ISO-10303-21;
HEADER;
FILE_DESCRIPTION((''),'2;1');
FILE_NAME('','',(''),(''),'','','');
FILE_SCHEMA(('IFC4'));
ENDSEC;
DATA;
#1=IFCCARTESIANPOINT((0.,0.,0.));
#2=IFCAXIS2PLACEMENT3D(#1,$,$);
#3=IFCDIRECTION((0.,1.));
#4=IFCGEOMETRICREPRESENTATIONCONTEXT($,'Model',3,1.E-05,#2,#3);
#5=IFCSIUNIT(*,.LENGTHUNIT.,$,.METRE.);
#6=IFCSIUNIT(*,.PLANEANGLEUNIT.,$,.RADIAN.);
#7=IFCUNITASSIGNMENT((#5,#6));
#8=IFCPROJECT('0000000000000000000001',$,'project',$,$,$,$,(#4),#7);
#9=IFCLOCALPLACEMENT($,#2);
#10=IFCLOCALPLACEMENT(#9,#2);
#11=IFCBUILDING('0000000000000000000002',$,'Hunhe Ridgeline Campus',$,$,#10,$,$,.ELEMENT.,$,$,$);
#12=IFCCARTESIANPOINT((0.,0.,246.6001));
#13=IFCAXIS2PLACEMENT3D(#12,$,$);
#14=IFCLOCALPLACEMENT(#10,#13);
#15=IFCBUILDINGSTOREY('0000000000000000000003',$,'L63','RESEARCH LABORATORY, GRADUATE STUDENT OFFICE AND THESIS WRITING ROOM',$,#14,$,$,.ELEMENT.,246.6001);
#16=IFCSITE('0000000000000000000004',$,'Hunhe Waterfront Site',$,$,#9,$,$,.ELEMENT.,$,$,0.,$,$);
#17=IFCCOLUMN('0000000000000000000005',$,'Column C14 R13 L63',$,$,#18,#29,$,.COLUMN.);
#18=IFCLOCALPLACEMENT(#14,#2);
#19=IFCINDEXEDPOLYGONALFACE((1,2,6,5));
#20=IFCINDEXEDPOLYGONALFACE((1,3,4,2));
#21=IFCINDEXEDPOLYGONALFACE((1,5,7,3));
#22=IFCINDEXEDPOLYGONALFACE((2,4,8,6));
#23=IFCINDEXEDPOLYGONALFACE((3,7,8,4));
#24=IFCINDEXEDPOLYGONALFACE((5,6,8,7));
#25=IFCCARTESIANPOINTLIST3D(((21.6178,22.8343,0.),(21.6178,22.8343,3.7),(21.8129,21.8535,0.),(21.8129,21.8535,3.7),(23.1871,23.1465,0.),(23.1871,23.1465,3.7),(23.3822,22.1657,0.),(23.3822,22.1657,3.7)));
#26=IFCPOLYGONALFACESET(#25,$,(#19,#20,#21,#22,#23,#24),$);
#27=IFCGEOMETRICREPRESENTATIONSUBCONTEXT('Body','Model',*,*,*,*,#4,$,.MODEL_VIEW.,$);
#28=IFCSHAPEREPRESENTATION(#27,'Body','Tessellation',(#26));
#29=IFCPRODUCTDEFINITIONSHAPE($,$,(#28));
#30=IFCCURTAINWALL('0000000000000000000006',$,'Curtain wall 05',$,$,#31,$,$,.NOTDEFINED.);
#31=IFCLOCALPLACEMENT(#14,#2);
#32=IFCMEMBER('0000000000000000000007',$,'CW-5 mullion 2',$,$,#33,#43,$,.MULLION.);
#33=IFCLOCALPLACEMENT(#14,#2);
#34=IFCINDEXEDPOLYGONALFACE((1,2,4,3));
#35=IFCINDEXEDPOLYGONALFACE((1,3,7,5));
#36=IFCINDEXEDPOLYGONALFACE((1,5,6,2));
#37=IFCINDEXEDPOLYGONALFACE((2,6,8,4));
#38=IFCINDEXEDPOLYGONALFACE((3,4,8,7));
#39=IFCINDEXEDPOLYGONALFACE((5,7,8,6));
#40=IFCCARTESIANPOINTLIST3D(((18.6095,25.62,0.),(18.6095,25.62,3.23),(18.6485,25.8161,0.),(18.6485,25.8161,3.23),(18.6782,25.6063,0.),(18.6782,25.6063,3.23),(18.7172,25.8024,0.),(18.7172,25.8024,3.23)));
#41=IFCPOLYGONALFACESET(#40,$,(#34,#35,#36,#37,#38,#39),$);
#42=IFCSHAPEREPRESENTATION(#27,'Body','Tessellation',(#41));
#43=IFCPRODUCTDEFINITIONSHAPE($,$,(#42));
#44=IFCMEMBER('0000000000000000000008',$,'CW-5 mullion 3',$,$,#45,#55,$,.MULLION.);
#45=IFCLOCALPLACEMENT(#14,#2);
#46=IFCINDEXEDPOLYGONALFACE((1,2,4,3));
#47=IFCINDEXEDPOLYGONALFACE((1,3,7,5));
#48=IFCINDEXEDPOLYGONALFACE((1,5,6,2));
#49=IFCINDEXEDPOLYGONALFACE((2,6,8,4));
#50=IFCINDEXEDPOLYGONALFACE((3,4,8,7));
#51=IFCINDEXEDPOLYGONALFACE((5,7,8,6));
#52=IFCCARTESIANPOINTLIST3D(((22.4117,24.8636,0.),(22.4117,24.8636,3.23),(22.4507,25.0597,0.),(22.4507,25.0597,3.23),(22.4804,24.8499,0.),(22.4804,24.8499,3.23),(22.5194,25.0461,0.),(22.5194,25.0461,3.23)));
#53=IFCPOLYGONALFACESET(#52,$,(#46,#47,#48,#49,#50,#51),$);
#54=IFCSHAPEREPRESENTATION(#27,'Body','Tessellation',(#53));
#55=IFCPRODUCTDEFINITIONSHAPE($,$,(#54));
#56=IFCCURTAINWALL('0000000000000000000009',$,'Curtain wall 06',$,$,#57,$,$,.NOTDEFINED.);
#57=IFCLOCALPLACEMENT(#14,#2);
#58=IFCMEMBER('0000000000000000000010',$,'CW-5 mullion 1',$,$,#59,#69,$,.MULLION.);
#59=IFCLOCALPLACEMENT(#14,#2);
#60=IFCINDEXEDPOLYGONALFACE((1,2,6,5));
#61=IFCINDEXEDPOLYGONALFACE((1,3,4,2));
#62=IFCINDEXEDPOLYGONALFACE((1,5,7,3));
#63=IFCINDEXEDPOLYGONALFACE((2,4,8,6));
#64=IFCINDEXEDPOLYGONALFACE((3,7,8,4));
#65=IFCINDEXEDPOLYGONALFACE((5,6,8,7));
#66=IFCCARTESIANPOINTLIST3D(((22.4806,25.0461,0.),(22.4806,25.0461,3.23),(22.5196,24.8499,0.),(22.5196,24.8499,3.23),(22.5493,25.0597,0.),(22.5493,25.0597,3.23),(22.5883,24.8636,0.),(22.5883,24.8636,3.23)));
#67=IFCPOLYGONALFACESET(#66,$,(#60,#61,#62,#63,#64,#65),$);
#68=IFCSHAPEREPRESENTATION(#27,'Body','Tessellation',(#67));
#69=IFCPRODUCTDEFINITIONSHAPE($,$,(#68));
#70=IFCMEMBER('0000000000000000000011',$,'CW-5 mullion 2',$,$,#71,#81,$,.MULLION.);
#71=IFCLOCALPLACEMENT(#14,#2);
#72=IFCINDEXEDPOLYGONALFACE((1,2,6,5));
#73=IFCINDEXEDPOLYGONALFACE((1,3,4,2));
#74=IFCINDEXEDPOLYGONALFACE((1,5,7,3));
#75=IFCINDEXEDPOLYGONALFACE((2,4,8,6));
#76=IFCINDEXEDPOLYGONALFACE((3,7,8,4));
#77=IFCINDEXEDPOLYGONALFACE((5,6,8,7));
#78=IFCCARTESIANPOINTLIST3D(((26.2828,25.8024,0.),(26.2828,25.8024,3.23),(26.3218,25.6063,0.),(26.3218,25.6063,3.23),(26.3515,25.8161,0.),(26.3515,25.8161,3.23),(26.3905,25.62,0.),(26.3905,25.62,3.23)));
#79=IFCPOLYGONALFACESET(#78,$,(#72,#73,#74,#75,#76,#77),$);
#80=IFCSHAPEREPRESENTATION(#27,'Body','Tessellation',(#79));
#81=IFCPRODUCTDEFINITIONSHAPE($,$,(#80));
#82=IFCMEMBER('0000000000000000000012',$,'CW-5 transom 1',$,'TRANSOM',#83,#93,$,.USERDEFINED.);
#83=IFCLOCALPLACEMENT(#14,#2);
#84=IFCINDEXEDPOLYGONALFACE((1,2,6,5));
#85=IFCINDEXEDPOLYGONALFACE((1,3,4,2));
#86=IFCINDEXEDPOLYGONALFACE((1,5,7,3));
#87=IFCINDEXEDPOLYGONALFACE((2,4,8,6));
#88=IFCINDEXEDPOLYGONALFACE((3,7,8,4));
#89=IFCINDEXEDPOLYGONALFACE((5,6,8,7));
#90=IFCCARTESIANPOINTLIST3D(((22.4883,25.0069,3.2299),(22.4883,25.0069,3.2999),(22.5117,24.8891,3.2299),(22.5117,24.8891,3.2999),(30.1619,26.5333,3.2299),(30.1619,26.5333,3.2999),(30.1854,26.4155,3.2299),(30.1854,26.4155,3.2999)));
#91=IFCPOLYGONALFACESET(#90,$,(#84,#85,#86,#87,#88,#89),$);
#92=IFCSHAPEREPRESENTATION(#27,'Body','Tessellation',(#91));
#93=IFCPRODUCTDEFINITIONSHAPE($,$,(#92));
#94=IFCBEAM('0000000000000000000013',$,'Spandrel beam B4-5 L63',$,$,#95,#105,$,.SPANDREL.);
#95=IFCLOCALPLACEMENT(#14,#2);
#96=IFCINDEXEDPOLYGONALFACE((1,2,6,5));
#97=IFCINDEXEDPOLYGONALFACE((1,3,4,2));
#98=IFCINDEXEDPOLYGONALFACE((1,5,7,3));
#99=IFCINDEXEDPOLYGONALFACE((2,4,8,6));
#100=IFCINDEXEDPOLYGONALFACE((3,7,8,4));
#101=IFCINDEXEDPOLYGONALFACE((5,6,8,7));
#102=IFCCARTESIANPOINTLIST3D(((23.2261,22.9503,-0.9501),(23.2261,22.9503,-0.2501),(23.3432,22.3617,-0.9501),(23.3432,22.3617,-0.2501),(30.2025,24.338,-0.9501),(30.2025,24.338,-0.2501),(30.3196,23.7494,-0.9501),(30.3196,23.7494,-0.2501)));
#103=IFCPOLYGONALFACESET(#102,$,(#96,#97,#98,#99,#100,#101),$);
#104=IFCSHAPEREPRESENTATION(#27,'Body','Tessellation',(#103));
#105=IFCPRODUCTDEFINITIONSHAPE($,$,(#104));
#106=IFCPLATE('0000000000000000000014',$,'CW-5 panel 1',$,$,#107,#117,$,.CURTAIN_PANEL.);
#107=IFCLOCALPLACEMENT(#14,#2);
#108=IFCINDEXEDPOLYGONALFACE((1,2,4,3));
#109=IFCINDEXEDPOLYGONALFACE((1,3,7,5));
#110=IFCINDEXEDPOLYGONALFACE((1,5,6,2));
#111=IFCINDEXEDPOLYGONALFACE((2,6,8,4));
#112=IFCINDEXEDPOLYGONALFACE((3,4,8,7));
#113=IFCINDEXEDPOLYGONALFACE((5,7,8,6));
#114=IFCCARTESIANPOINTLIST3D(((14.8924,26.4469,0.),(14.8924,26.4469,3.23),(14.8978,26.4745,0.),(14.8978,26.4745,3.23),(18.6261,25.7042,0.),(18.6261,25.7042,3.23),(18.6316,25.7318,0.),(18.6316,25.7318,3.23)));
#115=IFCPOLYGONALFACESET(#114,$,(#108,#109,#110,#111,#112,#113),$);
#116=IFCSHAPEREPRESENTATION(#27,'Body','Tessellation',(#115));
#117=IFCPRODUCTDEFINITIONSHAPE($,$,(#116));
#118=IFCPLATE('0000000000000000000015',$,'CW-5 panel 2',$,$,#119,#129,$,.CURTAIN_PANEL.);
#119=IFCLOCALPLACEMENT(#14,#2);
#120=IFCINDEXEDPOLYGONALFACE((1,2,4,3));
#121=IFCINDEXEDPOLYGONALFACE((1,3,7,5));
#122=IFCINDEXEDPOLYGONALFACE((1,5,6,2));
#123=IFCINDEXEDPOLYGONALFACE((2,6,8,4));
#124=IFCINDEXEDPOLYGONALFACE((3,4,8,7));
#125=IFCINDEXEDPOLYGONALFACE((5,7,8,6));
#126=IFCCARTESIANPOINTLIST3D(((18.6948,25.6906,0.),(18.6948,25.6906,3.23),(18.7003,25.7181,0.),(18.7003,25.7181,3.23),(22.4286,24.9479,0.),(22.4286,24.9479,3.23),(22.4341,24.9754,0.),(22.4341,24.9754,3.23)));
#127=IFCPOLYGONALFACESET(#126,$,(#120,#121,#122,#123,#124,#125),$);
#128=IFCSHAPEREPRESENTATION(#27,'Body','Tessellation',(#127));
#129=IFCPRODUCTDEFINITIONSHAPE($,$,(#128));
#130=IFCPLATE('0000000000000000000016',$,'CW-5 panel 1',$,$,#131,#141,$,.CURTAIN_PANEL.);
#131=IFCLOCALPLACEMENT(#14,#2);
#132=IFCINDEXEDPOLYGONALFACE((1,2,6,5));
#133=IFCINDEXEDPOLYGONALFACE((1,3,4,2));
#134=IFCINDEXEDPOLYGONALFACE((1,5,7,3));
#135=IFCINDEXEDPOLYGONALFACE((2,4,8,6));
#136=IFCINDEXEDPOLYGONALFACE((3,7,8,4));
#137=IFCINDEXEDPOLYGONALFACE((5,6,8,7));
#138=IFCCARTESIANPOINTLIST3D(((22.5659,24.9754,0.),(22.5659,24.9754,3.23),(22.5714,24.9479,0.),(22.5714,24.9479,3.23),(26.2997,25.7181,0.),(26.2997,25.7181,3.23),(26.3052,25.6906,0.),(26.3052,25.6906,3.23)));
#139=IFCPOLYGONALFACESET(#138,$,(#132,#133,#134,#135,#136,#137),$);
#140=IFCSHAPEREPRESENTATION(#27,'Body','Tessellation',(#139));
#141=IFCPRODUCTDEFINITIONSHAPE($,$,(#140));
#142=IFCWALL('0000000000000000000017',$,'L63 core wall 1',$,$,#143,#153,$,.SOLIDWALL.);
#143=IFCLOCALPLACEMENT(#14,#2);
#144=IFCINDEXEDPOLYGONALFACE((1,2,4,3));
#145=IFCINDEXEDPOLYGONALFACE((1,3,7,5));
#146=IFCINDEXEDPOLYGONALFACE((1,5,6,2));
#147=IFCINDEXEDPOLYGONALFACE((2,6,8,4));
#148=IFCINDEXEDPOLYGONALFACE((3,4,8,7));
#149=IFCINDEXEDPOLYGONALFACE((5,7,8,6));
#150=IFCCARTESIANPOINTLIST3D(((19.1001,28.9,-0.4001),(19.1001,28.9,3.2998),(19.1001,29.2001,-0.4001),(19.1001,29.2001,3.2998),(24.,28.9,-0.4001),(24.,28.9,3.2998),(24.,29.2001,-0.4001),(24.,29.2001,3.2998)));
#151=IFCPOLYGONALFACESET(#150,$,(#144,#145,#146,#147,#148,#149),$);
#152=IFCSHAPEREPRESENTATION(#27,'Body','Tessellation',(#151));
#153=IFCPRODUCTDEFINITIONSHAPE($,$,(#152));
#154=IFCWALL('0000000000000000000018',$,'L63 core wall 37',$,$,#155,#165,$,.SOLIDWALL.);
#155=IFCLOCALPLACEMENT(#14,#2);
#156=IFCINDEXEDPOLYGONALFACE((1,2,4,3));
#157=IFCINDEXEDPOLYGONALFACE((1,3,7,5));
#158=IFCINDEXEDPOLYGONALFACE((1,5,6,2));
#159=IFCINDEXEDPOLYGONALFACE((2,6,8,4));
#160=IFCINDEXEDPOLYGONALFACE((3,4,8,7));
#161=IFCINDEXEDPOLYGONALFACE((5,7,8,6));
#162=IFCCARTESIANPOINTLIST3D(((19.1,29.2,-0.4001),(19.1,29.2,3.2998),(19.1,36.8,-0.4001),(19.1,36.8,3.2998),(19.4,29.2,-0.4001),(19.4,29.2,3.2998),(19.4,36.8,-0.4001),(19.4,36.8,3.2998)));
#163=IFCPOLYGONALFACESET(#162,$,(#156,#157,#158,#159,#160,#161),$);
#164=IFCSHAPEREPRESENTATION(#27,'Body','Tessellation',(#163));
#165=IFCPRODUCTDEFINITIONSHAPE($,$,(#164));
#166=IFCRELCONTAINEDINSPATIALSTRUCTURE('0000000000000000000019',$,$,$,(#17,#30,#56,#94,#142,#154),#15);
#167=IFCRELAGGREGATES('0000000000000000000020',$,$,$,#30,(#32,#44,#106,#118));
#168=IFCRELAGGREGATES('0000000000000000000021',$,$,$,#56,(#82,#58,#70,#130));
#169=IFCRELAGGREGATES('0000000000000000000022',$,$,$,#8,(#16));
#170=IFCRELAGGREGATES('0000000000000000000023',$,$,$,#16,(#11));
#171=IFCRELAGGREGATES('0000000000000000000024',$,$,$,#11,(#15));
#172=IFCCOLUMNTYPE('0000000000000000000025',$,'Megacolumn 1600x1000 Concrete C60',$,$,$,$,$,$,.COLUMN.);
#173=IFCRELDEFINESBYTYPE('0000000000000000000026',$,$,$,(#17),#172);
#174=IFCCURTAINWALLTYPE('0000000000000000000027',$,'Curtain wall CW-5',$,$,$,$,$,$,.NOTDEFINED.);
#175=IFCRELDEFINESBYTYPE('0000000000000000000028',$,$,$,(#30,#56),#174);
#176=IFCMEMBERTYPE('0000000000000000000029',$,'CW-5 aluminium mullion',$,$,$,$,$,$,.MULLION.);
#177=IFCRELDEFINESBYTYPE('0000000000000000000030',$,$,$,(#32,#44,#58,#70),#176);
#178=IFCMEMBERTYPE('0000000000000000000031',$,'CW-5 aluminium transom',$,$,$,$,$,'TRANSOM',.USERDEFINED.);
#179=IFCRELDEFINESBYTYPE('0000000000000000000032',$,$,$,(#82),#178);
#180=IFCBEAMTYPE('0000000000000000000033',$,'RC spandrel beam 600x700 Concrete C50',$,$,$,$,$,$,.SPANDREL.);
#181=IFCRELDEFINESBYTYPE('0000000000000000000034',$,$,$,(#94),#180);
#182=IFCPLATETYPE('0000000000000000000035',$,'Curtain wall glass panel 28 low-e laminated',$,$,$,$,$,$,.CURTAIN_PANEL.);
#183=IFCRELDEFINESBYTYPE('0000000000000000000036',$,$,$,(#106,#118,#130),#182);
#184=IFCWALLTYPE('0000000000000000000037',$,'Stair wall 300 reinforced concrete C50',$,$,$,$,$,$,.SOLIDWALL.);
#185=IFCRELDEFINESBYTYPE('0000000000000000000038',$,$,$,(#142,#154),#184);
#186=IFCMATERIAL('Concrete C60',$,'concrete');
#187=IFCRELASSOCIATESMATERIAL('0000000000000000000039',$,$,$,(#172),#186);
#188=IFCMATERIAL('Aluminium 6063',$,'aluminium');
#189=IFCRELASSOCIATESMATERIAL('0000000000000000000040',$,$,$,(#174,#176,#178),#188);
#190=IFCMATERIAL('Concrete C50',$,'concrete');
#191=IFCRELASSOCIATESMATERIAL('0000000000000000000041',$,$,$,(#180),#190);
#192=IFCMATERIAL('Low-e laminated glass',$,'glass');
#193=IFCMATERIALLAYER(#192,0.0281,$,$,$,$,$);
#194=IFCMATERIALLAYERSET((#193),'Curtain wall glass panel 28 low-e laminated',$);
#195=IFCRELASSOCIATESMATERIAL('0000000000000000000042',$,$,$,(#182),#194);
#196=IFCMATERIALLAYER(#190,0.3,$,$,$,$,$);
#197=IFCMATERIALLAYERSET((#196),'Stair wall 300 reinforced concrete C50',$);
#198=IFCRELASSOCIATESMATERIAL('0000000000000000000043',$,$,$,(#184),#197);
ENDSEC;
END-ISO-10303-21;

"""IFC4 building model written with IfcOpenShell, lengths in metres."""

from ifc_helpers import new_model, si_unit, direction, frame, frame_2d, origin, origin_2d, place, context, subcontext, project, spatial, rectangle, extrude, material, layer, layer_set, material_profile, profile_set, type_object, element, aggregate, save


model = new_model("IFC4")

# Units and contexts
model_context = context("Model", 3, precision=1e-05, world=origin(), true_north=direction((0.0, 1.0)))
body_context = subcontext(model_context, "Body", "Model", "MODEL_VIEW")
ifc_project = project(units=[si_unit("LENGTHUNIT", "METRE"), si_unit("PLANEANGLEUNIT", "RADIAN")], contexts=[model_context])

# Site, building, storey
site_placement = place(None, origin())
site = spatial("IfcSite", under=ifc_project, at=site_placement, Name="Hunhe Waterfront Site", CompositionType="ELEMENT", RefElevation=0.0)
building_placement = place(site_placement, origin())
building = spatial("IfcBuilding", under=site, at=building_placement, Name="Hunhe Ridgeline Campus", CompositionType="ELEMENT")
storey_placement = place(building_placement, frame((0.0, 0.0, 246.6001)))
storey = spatial("IfcBuildingStorey", under=building, at=storey_placement, Name="L63", Description="RESEARCH LABORATORY, GRADUATE STUDENT OFFICE AND THESIS WRITING ROOM", CompositionType="ELEMENT", Elevation=246.6001)

# Column
ifc_material_1 = material(Name="Concrete C60", Category="concrete")
ifc_material_profile_1 = material_profile(ifc_material_1, rectangle(XDim=1.6001, YDim=1.0, at=origin_2d()))
ifc_profile_set_1 = profile_set([ifc_material_profile_1], Name="Concrete C60")
column_type = type_object("IfcColumnType", Name="Megacolumn 1600x1000 Concrete C60", PredefinedType="COLUMN", material=ifc_profile_set_1)
column_placement = place(storey_placement, frame((22.5, 22.5, 0.0), z_axis=(0.0, 0.0, 1.0), x_axis=(0.980785, 0.19509, 0.0)))
element("IfcColumn", 1, at=column_placement, inside=storey, type_object=column_type, Name="Column C14 R13 L63", PredefinedType="COLUMN", context=body_context, shape_type="SweptSolid", body=[
    extrude(rectangle(XDim=1.6001, YDim=1.0, at=origin_2d()), origin(), (0.0, 0.0, 1.0), 3.7),
])

# Curtain walls, members
ifc_material_2 = material(Name="Aluminium 6063", Category="aluminium")
curtain_wall_type = type_object("IfcCurtainWallType", Name="Curtain wall CW-5", PredefinedType="NOTDEFINED", material=ifc_material_2)
curtain_wall_1_placement = place(storey_placement, origin())
curtain_wall_1 = element("IfcCurtainWall", 2, at=curtain_wall_1_placement, inside=storey, type_object=curtain_wall_type, Name="Curtain wall 05", PredefinedType="NOTDEFINED")
ifc_material_profile_2 = material_profile(ifc_material_2, rectangle(XDim=0.2, YDim=0.0701, at=origin_2d()))
ifc_profile_set_2 = profile_set([ifc_material_profile_2], Name="Aluminium 6063")
member_type_1 = type_object("IfcMemberType", Name="CW-5 aluminium mullion", PredefinedType="MULLION", material=ifc_profile_set_2)
member_1_placement = place(storey_placement, frame((18.6633, 25.7112, 0.0), z_axis=(0.0, 0.0, 1.0), x_axis=(0.19509, 0.980785, 0.0)))
member_1 = element("IfcMember", 3, at=member_1_placement, type_object=member_type_1, Name="CW-5 mullion 2", PredefinedType="MULLION", context=body_context, shape_type="SweptSolid", body=[
    extrude(rectangle(XDim=0.2, YDim=0.0701, at=origin_2d()), origin(), (0.0, 0.0, 1.0), 3.23),
])
member_2_placement = place(storey_placement, frame((22.4656, 24.9548, 0.0), z_axis=(0.0, 0.0, 1.0), x_axis=(0.19509, 0.980785, 0.0)))
member_2 = element("IfcMember", 4, at=member_2_placement, type_object=member_type_1, Name="CW-5 mullion 3", PredefinedType="MULLION", context=body_context, shape_type="SweptSolid", body=[
    extrude(rectangle(XDim=0.2, YDim=0.0701, at=origin_2d()), origin(), (0.0, 0.0, 1.0), 3.23),
])
curtain_wall_2_placement = place(storey_placement, origin())
curtain_wall_2 = element("IfcCurtainWall", 5, at=curtain_wall_2_placement, inside=storey, type_object=curtain_wall_type, Name="Curtain wall 06", PredefinedType="NOTDEFINED")
member_3_placement = place(storey_placement, frame((22.5344, 24.9548, 0.0), z_axis=(0.0, 0.0, 1.0), x_axis=(-0.19509, 0.980785, 0.0)))
member_3 = element("IfcMember", 6, at=member_3_placement, type_object=member_type_1, Name="CW-5 mullion 1", PredefinedType="MULLION", context=body_context, shape_type="SweptSolid", body=[
    extrude(rectangle(XDim=0.2, YDim=0.0701, at=origin_2d()), origin(), (0.0, 0.0, 1.0), 3.23),
])
member_4_placement = place(storey_placement, frame((26.3367, 25.7112, 0.0), z_axis=(0.0, 0.0, 1.0), x_axis=(-0.19509, 0.980785, 0.0)))
member_4 = element("IfcMember", 7, at=member_4_placement, type_object=member_type_1, Name="CW-5 mullion 2", PredefinedType="MULLION", context=body_context, shape_type="SweptSolid", body=[
    extrude(rectangle(XDim=0.2, YDim=0.0701, at=origin_2d()), origin(), (0.0, 0.0, 1.0), 3.23),
])
ifc_material_profile_3 = material_profile(ifc_material_2, rectangle(XDim=0.1201, YDim=0.0701, at=origin_2d()))
ifc_profile_set_3 = profile_set([ifc_material_profile_3], Name="Aluminium 6063")
member_type_2 = type_object("IfcMemberType", Name="CW-5 aluminium transom", ElementType="TRANSOM", PredefinedType="USERDEFINED", material=ifc_profile_set_3)
member_5_placement = place(storey_placement, frame((22.5, 24.948, 3.2649), z_axis=(0.980785, 0.19509, 0.0), x_axis=(-0.19509, 0.980785, 0.0)))
member_5 = element("IfcMember", 8, at=member_5_placement, type_object=member_type_2, Name="CW-5 transom 1", ObjectType="TRANSOM", PredefinedType="USERDEFINED", context=body_context, shape_type="SweptSolid", body=[
    extrude(rectangle(XDim=0.1201, YDim=0.0701, at=origin_2d()), origin(), (0.0, 0.0, 1.0), 7.824),
])

# Beam
ifc_material_3 = material(Name="Concrete C50", Category="concrete")
ifc_material_profile_4 = material_profile(ifc_material_3, rectangle(XDim=0.6001, YDim=0.7, at=origin_2d()))
ifc_profile_set_4 = profile_set([ifc_material_profile_4], Name="Concrete C50")
beam_type = type_object("IfcBeamType", Name="RC spandrel beam 600x700 Concrete C50", PredefinedType="SPANDREL", material=ifc_profile_set_4)
beam_placement = place(storey_placement, frame((23.2847, 22.656, -0.6001), z_axis=(0.980785, 0.195093, 0.0), x_axis=(-0.195093, 0.980785, 0.0)))
element("IfcBeam", 9, at=beam_placement, inside=storey, type_object=beam_type, Name="Spandrel beam B4-5 L63", PredefinedType="SPANDREL", context=body_context, shape_type="SweptSolid", body=[
    extrude(rectangle(XDim=0.6001, YDim=0.7, at=origin_2d()), origin(), (0.0, 0.0, 1.0), 7.113),
])

# Plates
ifc_material_4 = material(Name="Low-e laminated glass", Category="glass")
ifc_layer_1 = layer(ifc_material_4, 0.0281)
ifc_layer_set_1 = layer_set([ifc_layer_1], Name="Curtain wall glass panel 28 low-e laminated")
plate_type = type_object("IfcPlateType", Name="Curtain wall glass panel 28 low-e laminated", PredefinedType="CURTAIN_PANEL", material=ifc_layer_set_1)
plate_1_placement = place(storey_placement, frame((16.762, 26.0894, 0.0), z_axis=(0.0, 0.0, 1.0), x_axis=(0.980785, -0.19509, 0.0)))
plate_1 = element("IfcPlate", 10, at=plate_1_placement, type_object=plate_type, Name="CW-5 panel 1", PredefinedType="CURTAIN_PANEL", context=body_context, shape_type="SweptSolid", body=[
    extrude(rectangle(XDim=3.8069, YDim=0.0281, at=origin_2d()), origin(), (0.0, 0.0, 1.0), 3.23),
])
plate_2_placement = place(storey_placement, frame((20.5645, 25.333, 0.0), z_axis=(0.0, 0.0, 1.0), x_axis=(0.980785, -0.19509, 0.0)))
plate_2 = element("IfcPlate", 11, at=plate_2_placement, type_object=plate_type, Name="CW-5 panel 2", PredefinedType="CURTAIN_PANEL", context=body_context, shape_type="SweptSolid", body=[
    extrude(rectangle(XDim=3.8069, YDim=0.0281, at=origin_2d()), origin(), (0.0, 0.0, 1.0), 3.23),
])
aggregate(curtain_wall_1, [member_1, member_2, plate_1, plate_2])
plate_3_placement = place(storey_placement, frame((24.4355, 25.333, 0.0), z_axis=(0.0, 0.0, 1.0), x_axis=(0.980785, 0.19509, 0.0)))
plate_3 = element("IfcPlate", 12, at=plate_3_placement, type_object=plate_type, Name="CW-5 panel 1", PredefinedType="CURTAIN_PANEL", context=body_context, shape_type="SweptSolid", body=[
    extrude(rectangle(XDim=3.8069, YDim=0.0281, at=origin_2d()), origin(), (0.0, 0.0, 1.0), 3.23),
])
aggregate(curtain_wall_2, [member_5, member_3, member_4, plate_3])

# Walls
ifc_layer_2 = layer(ifc_material_3, 0.3)
ifc_layer_set_2 = layer_set([ifc_layer_2], Name="Stair wall 300 reinforced concrete C50")
wall_type_1 = type_object("IfcWallType", Name="Stair wall 300 reinforced concrete C50", PredefinedType="SOLIDWALL", material=ifc_layer_set_2)
wall_1_placement = place(storey_placement, frame((19.1001, 29.05, -0.4001), z_axis=(0.0, 0.0, 1.0), x_axis=(1.0, 0.0, 0.0)))
element("IfcWall", 13, at=wall_1_placement, inside=storey, type_object=wall_type_1, Name="L63 core wall 1", PredefinedType="SOLIDWALL", context=body_context, shape_type="SweptSolid", body=[
    extrude(rectangle(XDim=4.8999, YDim=0.3, at=frame_2d((2.45, 0.0))), origin(), (0.0, 0.0, 1.0), 3.7),
])
wall_2_placement = place(storey_placement, frame((19.25, 29.2, -0.4001), z_axis=(0.0, 0.0, 1.0), x_axis=(0.0, 1.0, 0.0)))
element("IfcWall", 14, at=wall_2_placement, inside=storey, type_object=wall_type_1, Name="L63 core wall 37", PredefinedType="SOLIDWALL", context=body_context, shape_type="SweptSolid", body=[
    extrude(rectangle(XDim=7.6001, YDim=0.3, at=frame_2d((3.8, 0.0))), origin(), (0.0, 0.0, 1.0), 3.7),
])

save(model, "model.ifc")
